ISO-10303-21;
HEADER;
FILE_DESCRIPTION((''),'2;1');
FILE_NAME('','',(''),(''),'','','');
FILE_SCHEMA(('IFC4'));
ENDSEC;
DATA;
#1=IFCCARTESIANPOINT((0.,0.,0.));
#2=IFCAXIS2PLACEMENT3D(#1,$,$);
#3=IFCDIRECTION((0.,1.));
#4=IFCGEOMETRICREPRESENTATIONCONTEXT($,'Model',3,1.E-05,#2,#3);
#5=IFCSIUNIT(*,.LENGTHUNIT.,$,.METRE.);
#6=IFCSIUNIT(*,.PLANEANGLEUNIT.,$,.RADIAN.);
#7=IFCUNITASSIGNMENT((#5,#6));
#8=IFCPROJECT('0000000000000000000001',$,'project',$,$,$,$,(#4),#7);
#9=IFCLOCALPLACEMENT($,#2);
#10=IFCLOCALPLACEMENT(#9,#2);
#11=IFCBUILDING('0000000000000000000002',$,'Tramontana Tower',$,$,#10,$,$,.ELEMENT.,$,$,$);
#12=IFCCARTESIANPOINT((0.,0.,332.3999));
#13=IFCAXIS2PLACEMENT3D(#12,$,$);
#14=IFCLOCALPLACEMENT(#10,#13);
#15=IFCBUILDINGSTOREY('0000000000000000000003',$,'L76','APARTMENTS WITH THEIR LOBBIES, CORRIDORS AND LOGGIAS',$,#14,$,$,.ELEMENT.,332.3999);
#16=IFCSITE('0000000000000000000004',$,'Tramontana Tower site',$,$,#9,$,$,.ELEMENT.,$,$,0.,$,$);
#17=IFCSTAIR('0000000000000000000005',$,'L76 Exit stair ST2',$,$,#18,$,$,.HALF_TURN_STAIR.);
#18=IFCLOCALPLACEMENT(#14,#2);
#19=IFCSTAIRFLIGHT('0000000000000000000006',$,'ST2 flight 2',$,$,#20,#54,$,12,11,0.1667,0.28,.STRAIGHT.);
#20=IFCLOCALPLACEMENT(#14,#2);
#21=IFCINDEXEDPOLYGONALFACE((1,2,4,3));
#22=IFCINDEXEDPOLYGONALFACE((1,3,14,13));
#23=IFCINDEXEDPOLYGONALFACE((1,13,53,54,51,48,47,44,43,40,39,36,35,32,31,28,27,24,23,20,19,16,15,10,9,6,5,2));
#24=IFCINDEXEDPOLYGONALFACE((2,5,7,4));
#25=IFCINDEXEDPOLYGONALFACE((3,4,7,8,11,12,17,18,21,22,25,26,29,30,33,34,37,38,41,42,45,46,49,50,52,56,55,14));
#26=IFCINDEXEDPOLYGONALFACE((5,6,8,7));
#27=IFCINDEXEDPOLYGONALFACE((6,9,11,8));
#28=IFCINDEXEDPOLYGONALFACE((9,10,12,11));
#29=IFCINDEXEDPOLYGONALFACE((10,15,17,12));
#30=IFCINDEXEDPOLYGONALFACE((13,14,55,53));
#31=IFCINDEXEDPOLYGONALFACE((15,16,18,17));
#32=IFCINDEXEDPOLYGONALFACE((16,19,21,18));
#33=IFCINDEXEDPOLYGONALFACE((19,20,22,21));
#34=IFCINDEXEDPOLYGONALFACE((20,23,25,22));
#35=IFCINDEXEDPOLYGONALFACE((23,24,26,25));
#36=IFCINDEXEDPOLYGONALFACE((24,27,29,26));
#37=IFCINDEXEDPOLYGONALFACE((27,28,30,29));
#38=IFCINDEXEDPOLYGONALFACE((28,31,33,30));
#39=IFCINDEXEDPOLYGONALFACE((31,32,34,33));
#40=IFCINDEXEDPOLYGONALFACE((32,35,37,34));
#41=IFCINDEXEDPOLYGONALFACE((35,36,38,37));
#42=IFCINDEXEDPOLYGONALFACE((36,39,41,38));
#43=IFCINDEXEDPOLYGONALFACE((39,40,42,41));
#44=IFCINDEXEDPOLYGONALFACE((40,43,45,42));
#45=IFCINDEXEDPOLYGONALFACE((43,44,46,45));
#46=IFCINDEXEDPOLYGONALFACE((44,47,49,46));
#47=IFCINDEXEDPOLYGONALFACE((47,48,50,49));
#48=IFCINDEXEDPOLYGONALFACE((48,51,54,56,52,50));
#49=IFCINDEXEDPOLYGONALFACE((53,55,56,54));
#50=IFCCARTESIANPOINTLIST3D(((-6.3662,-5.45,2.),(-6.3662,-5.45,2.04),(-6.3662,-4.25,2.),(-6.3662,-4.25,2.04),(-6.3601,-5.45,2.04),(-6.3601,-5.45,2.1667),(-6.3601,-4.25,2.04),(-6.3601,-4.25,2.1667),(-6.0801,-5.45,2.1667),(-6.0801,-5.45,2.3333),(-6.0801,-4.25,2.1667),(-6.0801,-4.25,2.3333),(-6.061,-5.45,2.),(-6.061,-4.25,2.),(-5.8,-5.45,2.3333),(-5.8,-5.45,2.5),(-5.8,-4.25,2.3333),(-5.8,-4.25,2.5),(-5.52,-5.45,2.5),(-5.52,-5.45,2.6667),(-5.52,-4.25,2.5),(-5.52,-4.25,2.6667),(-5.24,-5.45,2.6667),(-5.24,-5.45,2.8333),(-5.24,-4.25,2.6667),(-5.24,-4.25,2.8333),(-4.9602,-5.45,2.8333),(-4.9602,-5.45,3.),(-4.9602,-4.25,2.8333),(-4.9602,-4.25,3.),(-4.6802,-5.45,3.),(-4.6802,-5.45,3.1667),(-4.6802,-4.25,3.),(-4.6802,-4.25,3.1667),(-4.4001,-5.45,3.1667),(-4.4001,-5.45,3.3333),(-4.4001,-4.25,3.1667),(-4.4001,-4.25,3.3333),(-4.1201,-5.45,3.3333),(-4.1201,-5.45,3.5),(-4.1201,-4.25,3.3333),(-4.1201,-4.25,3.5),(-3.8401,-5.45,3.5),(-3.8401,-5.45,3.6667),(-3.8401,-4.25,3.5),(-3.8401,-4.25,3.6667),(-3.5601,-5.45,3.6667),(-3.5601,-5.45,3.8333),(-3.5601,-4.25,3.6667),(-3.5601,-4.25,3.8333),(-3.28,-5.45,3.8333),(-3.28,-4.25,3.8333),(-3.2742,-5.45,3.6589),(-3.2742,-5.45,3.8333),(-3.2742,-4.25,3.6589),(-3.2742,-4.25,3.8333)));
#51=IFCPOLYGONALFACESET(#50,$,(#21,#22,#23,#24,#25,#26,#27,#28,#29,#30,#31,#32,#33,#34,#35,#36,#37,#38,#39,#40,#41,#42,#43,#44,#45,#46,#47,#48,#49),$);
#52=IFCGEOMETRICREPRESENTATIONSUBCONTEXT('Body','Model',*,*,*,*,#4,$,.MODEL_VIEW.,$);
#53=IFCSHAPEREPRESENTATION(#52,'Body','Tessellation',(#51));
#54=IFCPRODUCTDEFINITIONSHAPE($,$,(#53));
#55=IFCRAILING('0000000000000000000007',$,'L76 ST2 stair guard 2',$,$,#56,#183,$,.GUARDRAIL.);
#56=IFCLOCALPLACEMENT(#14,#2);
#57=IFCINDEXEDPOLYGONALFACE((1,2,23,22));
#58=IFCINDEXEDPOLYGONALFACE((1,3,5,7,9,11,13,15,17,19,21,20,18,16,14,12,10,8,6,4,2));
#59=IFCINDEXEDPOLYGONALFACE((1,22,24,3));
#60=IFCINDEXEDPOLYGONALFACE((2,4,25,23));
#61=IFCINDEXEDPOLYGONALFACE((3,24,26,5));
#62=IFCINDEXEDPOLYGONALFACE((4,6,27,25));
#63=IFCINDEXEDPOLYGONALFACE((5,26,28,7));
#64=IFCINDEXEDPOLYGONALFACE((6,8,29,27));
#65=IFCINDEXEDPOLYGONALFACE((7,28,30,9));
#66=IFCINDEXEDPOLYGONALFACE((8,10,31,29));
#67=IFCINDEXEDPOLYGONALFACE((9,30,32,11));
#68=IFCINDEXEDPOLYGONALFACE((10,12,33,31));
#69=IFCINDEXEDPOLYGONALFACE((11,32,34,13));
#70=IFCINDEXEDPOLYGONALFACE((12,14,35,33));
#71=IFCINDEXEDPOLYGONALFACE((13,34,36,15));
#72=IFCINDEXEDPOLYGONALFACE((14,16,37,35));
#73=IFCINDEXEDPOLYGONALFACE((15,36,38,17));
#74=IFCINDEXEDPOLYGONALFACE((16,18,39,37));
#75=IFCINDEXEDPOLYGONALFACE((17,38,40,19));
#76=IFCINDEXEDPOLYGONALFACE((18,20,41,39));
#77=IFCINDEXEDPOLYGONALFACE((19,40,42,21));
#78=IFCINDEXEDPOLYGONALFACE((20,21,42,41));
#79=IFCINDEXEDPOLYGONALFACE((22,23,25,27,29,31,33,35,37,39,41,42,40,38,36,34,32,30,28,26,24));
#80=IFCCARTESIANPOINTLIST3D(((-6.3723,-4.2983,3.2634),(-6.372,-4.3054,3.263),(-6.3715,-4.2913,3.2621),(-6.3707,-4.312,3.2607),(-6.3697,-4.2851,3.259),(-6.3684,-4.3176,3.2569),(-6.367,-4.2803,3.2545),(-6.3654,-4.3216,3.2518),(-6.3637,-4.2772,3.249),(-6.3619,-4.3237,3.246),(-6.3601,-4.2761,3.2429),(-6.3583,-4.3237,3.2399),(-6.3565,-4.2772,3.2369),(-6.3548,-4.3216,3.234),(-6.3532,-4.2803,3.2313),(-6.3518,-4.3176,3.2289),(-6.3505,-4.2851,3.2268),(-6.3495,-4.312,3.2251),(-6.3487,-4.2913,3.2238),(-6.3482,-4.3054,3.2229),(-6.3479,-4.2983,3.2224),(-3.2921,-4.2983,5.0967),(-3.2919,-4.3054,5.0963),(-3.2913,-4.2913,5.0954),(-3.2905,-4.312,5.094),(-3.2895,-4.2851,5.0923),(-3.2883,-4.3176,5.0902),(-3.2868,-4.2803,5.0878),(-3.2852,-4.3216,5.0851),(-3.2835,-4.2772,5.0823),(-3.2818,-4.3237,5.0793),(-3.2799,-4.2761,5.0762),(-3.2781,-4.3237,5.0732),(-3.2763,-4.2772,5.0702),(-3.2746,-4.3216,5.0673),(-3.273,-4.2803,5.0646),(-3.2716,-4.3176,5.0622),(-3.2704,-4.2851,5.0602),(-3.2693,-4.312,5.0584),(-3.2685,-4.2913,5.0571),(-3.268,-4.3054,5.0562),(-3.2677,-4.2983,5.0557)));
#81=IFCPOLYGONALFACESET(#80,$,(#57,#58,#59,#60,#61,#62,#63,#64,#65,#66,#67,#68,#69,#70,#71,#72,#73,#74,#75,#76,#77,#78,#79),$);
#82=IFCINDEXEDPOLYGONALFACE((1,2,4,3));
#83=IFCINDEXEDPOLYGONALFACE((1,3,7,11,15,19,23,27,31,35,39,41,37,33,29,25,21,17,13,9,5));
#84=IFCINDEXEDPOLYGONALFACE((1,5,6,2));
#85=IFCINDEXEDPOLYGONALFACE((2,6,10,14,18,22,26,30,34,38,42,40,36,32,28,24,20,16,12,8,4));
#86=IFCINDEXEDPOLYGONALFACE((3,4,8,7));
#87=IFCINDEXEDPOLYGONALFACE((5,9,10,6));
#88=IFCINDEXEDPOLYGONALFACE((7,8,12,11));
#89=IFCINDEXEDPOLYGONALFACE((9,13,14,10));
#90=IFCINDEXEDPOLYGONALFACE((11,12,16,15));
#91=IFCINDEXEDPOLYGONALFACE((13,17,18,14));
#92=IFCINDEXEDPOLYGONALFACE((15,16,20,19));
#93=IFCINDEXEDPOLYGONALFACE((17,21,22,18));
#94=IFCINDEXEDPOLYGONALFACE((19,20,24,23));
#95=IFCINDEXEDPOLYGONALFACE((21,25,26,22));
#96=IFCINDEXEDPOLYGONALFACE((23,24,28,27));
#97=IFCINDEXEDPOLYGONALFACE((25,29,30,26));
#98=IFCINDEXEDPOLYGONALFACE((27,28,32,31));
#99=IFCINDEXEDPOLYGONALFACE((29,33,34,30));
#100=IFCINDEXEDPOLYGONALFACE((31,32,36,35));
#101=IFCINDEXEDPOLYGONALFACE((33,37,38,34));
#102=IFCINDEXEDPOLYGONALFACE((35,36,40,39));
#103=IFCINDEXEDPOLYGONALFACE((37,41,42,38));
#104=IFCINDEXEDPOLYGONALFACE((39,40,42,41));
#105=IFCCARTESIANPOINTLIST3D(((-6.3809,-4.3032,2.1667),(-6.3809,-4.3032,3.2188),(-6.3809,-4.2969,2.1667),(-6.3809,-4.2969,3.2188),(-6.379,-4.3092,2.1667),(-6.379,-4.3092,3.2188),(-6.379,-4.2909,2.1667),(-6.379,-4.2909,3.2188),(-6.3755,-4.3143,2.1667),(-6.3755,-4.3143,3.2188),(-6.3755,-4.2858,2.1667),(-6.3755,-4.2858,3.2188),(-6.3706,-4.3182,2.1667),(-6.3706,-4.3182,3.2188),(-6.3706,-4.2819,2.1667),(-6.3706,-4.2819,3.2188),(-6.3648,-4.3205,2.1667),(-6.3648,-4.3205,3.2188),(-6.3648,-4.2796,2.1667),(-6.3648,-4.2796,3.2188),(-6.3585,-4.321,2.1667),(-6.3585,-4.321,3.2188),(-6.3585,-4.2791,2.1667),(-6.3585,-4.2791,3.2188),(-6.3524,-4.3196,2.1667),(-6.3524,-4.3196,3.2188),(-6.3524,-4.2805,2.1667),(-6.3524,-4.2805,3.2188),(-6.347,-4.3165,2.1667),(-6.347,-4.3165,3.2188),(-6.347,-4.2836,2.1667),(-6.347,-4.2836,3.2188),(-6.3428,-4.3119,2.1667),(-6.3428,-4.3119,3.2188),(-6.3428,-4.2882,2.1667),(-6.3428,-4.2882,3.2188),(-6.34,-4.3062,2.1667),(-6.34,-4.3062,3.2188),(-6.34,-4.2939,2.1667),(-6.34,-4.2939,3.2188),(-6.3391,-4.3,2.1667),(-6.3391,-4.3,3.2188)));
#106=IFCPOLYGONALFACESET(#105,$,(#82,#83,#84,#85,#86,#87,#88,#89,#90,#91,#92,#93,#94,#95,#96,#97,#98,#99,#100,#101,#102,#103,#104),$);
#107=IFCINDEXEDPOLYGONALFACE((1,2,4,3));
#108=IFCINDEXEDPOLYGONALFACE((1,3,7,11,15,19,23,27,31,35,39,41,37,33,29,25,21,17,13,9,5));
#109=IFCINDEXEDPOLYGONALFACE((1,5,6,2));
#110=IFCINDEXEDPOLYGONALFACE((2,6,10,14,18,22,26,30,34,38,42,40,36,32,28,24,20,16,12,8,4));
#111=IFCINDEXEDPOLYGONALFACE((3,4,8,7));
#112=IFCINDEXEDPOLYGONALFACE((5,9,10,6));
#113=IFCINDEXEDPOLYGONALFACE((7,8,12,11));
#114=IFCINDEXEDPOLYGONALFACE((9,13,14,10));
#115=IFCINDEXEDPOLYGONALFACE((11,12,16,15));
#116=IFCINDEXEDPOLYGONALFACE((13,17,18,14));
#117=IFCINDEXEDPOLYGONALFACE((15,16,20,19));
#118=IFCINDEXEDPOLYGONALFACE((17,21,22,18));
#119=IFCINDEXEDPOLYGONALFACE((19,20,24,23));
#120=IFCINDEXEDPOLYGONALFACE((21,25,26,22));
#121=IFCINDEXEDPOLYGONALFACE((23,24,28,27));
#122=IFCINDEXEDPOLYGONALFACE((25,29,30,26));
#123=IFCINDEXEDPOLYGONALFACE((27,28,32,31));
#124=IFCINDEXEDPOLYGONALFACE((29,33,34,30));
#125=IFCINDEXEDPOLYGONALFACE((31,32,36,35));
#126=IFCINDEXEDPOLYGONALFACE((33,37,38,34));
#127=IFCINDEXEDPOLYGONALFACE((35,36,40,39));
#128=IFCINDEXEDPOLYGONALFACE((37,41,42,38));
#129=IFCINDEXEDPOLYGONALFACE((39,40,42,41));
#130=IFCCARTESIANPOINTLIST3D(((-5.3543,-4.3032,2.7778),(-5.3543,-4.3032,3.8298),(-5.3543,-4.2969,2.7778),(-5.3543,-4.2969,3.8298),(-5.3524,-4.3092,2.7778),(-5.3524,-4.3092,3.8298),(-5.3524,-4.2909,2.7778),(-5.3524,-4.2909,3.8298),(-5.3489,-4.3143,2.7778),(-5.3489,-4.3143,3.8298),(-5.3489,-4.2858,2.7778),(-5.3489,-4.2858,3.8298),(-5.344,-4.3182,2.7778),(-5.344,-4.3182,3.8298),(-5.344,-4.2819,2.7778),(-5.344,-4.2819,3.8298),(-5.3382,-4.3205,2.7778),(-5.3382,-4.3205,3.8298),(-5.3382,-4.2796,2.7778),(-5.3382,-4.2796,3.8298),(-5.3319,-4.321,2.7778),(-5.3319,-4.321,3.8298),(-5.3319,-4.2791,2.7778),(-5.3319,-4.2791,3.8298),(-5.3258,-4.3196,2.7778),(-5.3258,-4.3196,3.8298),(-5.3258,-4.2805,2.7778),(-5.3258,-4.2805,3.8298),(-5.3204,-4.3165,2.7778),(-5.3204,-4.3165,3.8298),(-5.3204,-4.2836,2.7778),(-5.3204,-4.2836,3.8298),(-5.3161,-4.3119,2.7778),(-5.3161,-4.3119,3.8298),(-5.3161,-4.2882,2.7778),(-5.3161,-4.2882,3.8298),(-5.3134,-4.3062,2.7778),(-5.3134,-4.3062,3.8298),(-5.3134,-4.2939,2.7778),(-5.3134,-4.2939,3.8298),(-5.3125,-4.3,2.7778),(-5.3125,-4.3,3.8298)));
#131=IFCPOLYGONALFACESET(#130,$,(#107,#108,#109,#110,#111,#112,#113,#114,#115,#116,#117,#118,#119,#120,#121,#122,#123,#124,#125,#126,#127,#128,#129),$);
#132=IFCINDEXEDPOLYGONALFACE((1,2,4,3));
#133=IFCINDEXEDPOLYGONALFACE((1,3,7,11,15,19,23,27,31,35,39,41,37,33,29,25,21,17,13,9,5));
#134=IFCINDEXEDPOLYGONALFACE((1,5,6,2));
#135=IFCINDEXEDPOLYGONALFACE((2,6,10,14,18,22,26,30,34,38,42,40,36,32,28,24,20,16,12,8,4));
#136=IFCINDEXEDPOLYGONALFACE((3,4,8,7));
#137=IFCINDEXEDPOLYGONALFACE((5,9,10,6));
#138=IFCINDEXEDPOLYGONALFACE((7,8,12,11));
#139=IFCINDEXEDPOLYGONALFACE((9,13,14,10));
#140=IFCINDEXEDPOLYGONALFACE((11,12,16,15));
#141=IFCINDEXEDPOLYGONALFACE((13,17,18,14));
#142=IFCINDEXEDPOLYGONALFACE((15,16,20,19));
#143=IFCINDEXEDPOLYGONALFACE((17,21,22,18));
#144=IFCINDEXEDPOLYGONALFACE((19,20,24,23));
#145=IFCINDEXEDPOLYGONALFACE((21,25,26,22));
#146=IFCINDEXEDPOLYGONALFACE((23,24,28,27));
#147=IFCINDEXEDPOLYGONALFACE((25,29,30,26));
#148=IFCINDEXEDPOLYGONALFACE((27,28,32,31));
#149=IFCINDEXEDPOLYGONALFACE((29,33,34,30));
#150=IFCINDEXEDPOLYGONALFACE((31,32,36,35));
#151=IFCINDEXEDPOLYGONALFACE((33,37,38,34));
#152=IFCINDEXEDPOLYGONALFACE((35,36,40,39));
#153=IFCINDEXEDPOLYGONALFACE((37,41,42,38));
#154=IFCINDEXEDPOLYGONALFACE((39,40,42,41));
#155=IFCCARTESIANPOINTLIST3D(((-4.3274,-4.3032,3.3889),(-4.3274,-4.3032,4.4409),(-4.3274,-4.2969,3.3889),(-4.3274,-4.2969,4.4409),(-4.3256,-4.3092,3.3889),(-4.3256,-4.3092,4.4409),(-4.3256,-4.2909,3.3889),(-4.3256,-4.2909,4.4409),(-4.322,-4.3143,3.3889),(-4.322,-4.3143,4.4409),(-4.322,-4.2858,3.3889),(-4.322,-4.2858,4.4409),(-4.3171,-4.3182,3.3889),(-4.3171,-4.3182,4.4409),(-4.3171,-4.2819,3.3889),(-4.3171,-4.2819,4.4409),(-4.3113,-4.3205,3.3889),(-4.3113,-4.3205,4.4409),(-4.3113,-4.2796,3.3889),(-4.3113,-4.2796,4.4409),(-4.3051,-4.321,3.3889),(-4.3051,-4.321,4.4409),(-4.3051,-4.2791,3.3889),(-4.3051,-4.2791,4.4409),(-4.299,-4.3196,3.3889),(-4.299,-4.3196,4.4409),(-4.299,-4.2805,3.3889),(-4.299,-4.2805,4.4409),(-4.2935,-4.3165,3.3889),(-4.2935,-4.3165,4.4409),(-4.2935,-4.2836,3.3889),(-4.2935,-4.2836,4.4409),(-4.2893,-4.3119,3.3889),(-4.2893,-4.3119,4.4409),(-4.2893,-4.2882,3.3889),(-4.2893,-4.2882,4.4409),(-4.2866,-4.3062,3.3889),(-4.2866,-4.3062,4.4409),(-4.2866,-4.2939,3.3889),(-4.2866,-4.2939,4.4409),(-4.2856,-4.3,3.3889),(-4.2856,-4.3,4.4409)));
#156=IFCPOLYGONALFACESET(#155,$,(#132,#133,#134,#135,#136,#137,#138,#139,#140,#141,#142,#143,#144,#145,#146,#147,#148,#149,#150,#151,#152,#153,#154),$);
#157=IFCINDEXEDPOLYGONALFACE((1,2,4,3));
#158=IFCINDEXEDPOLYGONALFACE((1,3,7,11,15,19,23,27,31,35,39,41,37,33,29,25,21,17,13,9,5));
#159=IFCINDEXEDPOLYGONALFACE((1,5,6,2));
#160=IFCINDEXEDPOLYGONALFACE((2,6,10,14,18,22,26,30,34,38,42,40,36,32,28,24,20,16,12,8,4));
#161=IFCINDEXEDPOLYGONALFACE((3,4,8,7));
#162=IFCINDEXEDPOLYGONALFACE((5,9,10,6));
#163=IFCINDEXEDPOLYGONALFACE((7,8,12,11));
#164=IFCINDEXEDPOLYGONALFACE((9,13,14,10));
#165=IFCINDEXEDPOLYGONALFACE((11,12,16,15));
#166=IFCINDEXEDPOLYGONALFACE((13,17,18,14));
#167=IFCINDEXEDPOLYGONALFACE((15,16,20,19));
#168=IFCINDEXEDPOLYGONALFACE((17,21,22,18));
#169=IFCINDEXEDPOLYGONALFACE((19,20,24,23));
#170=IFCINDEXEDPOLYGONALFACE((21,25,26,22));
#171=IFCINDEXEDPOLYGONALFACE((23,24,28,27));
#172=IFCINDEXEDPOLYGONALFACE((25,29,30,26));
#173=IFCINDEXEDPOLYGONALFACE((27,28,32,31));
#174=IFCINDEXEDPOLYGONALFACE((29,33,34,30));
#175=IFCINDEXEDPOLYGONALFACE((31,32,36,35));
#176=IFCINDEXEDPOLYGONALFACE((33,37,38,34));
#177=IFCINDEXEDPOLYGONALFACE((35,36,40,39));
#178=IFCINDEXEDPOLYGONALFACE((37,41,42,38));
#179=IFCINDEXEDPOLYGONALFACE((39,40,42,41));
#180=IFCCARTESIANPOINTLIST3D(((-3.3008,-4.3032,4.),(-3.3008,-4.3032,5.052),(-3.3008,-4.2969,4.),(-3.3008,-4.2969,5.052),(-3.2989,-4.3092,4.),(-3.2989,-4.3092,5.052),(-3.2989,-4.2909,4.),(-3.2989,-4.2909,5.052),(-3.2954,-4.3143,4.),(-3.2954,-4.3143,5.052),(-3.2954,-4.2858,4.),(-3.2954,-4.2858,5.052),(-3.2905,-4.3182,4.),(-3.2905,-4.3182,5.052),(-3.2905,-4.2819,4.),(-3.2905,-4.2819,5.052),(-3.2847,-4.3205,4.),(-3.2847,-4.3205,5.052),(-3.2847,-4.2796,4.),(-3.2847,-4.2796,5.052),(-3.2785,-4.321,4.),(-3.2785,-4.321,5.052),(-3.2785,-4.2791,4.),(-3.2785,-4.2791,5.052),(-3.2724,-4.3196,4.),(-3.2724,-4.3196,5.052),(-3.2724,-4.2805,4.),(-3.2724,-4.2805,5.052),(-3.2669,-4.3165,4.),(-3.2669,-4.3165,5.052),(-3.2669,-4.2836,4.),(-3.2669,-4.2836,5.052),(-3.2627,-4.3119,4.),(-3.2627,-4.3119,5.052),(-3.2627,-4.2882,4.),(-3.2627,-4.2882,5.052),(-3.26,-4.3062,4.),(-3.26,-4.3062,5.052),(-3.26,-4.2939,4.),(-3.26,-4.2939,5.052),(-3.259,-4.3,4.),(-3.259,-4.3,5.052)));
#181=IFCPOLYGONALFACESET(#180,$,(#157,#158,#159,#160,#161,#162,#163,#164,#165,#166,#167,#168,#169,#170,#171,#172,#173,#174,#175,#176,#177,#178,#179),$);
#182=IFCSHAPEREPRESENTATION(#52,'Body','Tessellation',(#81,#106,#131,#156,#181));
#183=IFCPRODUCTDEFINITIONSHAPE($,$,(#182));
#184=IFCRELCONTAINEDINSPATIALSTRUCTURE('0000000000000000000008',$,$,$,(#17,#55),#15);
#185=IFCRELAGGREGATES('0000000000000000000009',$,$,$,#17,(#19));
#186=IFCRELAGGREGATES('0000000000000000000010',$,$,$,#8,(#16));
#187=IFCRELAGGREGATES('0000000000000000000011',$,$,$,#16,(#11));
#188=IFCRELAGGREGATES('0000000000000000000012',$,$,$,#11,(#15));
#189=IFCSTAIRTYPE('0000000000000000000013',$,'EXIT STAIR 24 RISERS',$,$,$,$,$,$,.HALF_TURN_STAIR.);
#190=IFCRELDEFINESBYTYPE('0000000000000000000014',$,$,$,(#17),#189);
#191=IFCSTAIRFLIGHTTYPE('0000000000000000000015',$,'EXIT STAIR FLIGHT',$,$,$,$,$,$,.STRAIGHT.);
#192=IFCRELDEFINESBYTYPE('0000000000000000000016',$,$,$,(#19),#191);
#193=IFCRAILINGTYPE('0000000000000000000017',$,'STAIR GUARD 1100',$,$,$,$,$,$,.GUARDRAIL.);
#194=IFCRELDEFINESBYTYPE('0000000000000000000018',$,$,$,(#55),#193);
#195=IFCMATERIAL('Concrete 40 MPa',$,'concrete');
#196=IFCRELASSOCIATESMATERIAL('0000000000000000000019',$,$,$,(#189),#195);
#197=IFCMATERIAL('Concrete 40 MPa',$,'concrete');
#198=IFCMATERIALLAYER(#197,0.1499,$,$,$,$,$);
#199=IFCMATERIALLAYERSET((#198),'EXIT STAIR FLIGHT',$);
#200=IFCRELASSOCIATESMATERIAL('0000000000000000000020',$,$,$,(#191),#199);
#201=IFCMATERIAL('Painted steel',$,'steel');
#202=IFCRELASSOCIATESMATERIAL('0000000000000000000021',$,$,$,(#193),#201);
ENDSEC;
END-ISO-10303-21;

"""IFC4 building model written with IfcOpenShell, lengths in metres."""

from ifc_helpers import new_model, si_unit, direction, frame, origin, origin_2d, place, context, subcontext, project, spatial, polyline, circle, outline, extrude, material, layer, layer_set, type_object, element, aggregate, save


model = new_model("IFC4")

# Units and contexts
model_context = context("Model", 3, precision=1e-05, world=origin(), true_north=direction((0.0, 1.0)))
body_context = subcontext(model_context, "Body", "Model", "MODEL_VIEW")
ifc_project = project(units=[si_unit("LENGTHUNIT", "METRE"), si_unit("PLANEANGLEUNIT", "RADIAN")], contexts=[model_context])

# Site, building, storey
site_placement = place(None, origin())
site = spatial("IfcSite", under=ifc_project, at=site_placement, Name="Tramontana Tower site", CompositionType="ELEMENT", RefElevation=0.0)
building_placement = place(site_placement, origin())
building = spatial("IfcBuilding", under=site, at=building_placement, Name="Tramontana Tower", CompositionType="ELEMENT")
storey_placement = place(building_placement, frame((0.0, 0.0, 332.3999)))
storey = spatial("IfcBuildingStorey", under=building, at=storey_placement, Name="L76", Description="APARTMENTS WITH THEIR LOBBIES, CORRIDORS AND LOGGIAS", CompositionType="ELEMENT", Elevation=332.3999)

# Stair, stair flight
ifc_material_1 = material(Name="Concrete 40 MPa", Category="concrete")
stair_type = type_object("IfcStairType", Name="EXIT STAIR 24 RISERS", PredefinedType="HALF_TURN_STAIR", material=ifc_material_1)
stair_placement = place(storey_placement, origin())
stair = element("IfcStair", 1, at=stair_placement, inside=storey, type_object=stair_type, Name="L76 Exit stair ST2", PredefinedType="HALF_TURN_STAIR")
ifc_material_2 = material(Name="Concrete 40 MPa", Category="concrete")
ifc_layer_1 = layer(ifc_material_2, 0.1499)
ifc_layer_set_1 = layer_set([ifc_layer_1], Name="EXIT STAIR FLIGHT")
stair_flight_type = type_object("IfcStairFlightType", Name="EXIT STAIR FLIGHT", PredefinedType="STRAIGHT", material=ifc_layer_set_1)
stair_flight_placement = place(storey_placement, frame((-6.3601, -4.8501, 2.0), z_axis=(0.0, 0.0, 1.0), x_axis=(1.0, 0.0, 0.0)))
stair_flight = element("IfcStairFlight", 2, at=stair_flight_placement, type_object=stair_flight_type, Name="ST2 flight 2", NumberOfRisers=12, NumberOfTreads=11, PredefinedType="STRAIGHT", RiserHeight=0.1667, TreadLength=0.28, context=body_context, shape_type="SweptSolid", body=[
    extrude(outline(polyline([(-0.0061, 0.0), (-0.0061, 0.04), (0.0, 0.04), (0.0, 0.1667), (0.28, 0.1667), (0.28, 0.3333), (0.5601, 0.3333), (0.5601, 0.5), (0.8401, 0.5), (0.8401, 0.6667), (1.1201, 0.6667), (1.1201, 0.8333), (1.3999, 0.8333), (1.3999, 1.0), (1.6799, 1.0), (1.6799, 1.1667), (1.96, 1.1667), (1.96, 1.3333), (2.24, 1.3333), (2.24, 1.5), (2.52, 1.5), (2.52, 1.6667), (2.8, 1.6667), (2.8, 1.8333), (3.0801, 1.8333), (3.0859, 1.8333), (3.0859, 1.6589), (0.2991, 0.0), (-0.0061, 0.0)])), frame((0.0, 0.6001, 0.0), z_axis=(0.0, -1.0, 0.0), x_axis=(1.0, 0.0, 0.0)), (0.0, 0.0, 1.0), 1.2),
])
aggregate(stair, [stair_flight])

# Railing
ifc_material_3 = material(Name="Painted steel", Category="steel")
railing_type_1 = type_object("IfcRailingType", Name="STAIR GUARD 1100", PredefinedType="GUARDRAIL", material=ifc_material_3)
railing_1_placement = place(storey_placement, frame((-6.3601, -4.3, 2.1667)))
element("IfcRailing", 3, at=railing_1_placement, inside=storey, type_object=railing_type_1, Name="L76 ST2 stair guard 2", PredefinedType="GUARDRAIL", context=body_context, shape_type="SweptSolid", body=[
    extrude(circle(Radius=0.0239, at=origin_2d()), frame((0.0, 0.0, 1.0762), z_axis=(0.859309, 0.0, 0.511458), x_axis=(0.0, 1.0, 0.0)), (0.0, 0.0, 1.0), 3.5845),
    extrude(circle(Radius=0.021, at=origin_2d()), origin(), (0.0, 0.0, 1.0), 1.052),
    extrude(circle(Radius=0.021, at=origin_2d()), frame((1.0266, 0.0, 0.6111)), (0.0, 0.0, 1.0), 1.052),
    extrude(circle(Radius=0.021, at=origin_2d()), frame((2.0535, 0.0, 1.2222)), (0.0, 0.0, 1.0), 1.052),
    extrude(circle(Radius=0.021, at=origin_2d()), frame((3.0801, 0.0, 1.8333)), (0.0, 0.0, 1.0), 1.052),
])

save(model, "model.ifc")
